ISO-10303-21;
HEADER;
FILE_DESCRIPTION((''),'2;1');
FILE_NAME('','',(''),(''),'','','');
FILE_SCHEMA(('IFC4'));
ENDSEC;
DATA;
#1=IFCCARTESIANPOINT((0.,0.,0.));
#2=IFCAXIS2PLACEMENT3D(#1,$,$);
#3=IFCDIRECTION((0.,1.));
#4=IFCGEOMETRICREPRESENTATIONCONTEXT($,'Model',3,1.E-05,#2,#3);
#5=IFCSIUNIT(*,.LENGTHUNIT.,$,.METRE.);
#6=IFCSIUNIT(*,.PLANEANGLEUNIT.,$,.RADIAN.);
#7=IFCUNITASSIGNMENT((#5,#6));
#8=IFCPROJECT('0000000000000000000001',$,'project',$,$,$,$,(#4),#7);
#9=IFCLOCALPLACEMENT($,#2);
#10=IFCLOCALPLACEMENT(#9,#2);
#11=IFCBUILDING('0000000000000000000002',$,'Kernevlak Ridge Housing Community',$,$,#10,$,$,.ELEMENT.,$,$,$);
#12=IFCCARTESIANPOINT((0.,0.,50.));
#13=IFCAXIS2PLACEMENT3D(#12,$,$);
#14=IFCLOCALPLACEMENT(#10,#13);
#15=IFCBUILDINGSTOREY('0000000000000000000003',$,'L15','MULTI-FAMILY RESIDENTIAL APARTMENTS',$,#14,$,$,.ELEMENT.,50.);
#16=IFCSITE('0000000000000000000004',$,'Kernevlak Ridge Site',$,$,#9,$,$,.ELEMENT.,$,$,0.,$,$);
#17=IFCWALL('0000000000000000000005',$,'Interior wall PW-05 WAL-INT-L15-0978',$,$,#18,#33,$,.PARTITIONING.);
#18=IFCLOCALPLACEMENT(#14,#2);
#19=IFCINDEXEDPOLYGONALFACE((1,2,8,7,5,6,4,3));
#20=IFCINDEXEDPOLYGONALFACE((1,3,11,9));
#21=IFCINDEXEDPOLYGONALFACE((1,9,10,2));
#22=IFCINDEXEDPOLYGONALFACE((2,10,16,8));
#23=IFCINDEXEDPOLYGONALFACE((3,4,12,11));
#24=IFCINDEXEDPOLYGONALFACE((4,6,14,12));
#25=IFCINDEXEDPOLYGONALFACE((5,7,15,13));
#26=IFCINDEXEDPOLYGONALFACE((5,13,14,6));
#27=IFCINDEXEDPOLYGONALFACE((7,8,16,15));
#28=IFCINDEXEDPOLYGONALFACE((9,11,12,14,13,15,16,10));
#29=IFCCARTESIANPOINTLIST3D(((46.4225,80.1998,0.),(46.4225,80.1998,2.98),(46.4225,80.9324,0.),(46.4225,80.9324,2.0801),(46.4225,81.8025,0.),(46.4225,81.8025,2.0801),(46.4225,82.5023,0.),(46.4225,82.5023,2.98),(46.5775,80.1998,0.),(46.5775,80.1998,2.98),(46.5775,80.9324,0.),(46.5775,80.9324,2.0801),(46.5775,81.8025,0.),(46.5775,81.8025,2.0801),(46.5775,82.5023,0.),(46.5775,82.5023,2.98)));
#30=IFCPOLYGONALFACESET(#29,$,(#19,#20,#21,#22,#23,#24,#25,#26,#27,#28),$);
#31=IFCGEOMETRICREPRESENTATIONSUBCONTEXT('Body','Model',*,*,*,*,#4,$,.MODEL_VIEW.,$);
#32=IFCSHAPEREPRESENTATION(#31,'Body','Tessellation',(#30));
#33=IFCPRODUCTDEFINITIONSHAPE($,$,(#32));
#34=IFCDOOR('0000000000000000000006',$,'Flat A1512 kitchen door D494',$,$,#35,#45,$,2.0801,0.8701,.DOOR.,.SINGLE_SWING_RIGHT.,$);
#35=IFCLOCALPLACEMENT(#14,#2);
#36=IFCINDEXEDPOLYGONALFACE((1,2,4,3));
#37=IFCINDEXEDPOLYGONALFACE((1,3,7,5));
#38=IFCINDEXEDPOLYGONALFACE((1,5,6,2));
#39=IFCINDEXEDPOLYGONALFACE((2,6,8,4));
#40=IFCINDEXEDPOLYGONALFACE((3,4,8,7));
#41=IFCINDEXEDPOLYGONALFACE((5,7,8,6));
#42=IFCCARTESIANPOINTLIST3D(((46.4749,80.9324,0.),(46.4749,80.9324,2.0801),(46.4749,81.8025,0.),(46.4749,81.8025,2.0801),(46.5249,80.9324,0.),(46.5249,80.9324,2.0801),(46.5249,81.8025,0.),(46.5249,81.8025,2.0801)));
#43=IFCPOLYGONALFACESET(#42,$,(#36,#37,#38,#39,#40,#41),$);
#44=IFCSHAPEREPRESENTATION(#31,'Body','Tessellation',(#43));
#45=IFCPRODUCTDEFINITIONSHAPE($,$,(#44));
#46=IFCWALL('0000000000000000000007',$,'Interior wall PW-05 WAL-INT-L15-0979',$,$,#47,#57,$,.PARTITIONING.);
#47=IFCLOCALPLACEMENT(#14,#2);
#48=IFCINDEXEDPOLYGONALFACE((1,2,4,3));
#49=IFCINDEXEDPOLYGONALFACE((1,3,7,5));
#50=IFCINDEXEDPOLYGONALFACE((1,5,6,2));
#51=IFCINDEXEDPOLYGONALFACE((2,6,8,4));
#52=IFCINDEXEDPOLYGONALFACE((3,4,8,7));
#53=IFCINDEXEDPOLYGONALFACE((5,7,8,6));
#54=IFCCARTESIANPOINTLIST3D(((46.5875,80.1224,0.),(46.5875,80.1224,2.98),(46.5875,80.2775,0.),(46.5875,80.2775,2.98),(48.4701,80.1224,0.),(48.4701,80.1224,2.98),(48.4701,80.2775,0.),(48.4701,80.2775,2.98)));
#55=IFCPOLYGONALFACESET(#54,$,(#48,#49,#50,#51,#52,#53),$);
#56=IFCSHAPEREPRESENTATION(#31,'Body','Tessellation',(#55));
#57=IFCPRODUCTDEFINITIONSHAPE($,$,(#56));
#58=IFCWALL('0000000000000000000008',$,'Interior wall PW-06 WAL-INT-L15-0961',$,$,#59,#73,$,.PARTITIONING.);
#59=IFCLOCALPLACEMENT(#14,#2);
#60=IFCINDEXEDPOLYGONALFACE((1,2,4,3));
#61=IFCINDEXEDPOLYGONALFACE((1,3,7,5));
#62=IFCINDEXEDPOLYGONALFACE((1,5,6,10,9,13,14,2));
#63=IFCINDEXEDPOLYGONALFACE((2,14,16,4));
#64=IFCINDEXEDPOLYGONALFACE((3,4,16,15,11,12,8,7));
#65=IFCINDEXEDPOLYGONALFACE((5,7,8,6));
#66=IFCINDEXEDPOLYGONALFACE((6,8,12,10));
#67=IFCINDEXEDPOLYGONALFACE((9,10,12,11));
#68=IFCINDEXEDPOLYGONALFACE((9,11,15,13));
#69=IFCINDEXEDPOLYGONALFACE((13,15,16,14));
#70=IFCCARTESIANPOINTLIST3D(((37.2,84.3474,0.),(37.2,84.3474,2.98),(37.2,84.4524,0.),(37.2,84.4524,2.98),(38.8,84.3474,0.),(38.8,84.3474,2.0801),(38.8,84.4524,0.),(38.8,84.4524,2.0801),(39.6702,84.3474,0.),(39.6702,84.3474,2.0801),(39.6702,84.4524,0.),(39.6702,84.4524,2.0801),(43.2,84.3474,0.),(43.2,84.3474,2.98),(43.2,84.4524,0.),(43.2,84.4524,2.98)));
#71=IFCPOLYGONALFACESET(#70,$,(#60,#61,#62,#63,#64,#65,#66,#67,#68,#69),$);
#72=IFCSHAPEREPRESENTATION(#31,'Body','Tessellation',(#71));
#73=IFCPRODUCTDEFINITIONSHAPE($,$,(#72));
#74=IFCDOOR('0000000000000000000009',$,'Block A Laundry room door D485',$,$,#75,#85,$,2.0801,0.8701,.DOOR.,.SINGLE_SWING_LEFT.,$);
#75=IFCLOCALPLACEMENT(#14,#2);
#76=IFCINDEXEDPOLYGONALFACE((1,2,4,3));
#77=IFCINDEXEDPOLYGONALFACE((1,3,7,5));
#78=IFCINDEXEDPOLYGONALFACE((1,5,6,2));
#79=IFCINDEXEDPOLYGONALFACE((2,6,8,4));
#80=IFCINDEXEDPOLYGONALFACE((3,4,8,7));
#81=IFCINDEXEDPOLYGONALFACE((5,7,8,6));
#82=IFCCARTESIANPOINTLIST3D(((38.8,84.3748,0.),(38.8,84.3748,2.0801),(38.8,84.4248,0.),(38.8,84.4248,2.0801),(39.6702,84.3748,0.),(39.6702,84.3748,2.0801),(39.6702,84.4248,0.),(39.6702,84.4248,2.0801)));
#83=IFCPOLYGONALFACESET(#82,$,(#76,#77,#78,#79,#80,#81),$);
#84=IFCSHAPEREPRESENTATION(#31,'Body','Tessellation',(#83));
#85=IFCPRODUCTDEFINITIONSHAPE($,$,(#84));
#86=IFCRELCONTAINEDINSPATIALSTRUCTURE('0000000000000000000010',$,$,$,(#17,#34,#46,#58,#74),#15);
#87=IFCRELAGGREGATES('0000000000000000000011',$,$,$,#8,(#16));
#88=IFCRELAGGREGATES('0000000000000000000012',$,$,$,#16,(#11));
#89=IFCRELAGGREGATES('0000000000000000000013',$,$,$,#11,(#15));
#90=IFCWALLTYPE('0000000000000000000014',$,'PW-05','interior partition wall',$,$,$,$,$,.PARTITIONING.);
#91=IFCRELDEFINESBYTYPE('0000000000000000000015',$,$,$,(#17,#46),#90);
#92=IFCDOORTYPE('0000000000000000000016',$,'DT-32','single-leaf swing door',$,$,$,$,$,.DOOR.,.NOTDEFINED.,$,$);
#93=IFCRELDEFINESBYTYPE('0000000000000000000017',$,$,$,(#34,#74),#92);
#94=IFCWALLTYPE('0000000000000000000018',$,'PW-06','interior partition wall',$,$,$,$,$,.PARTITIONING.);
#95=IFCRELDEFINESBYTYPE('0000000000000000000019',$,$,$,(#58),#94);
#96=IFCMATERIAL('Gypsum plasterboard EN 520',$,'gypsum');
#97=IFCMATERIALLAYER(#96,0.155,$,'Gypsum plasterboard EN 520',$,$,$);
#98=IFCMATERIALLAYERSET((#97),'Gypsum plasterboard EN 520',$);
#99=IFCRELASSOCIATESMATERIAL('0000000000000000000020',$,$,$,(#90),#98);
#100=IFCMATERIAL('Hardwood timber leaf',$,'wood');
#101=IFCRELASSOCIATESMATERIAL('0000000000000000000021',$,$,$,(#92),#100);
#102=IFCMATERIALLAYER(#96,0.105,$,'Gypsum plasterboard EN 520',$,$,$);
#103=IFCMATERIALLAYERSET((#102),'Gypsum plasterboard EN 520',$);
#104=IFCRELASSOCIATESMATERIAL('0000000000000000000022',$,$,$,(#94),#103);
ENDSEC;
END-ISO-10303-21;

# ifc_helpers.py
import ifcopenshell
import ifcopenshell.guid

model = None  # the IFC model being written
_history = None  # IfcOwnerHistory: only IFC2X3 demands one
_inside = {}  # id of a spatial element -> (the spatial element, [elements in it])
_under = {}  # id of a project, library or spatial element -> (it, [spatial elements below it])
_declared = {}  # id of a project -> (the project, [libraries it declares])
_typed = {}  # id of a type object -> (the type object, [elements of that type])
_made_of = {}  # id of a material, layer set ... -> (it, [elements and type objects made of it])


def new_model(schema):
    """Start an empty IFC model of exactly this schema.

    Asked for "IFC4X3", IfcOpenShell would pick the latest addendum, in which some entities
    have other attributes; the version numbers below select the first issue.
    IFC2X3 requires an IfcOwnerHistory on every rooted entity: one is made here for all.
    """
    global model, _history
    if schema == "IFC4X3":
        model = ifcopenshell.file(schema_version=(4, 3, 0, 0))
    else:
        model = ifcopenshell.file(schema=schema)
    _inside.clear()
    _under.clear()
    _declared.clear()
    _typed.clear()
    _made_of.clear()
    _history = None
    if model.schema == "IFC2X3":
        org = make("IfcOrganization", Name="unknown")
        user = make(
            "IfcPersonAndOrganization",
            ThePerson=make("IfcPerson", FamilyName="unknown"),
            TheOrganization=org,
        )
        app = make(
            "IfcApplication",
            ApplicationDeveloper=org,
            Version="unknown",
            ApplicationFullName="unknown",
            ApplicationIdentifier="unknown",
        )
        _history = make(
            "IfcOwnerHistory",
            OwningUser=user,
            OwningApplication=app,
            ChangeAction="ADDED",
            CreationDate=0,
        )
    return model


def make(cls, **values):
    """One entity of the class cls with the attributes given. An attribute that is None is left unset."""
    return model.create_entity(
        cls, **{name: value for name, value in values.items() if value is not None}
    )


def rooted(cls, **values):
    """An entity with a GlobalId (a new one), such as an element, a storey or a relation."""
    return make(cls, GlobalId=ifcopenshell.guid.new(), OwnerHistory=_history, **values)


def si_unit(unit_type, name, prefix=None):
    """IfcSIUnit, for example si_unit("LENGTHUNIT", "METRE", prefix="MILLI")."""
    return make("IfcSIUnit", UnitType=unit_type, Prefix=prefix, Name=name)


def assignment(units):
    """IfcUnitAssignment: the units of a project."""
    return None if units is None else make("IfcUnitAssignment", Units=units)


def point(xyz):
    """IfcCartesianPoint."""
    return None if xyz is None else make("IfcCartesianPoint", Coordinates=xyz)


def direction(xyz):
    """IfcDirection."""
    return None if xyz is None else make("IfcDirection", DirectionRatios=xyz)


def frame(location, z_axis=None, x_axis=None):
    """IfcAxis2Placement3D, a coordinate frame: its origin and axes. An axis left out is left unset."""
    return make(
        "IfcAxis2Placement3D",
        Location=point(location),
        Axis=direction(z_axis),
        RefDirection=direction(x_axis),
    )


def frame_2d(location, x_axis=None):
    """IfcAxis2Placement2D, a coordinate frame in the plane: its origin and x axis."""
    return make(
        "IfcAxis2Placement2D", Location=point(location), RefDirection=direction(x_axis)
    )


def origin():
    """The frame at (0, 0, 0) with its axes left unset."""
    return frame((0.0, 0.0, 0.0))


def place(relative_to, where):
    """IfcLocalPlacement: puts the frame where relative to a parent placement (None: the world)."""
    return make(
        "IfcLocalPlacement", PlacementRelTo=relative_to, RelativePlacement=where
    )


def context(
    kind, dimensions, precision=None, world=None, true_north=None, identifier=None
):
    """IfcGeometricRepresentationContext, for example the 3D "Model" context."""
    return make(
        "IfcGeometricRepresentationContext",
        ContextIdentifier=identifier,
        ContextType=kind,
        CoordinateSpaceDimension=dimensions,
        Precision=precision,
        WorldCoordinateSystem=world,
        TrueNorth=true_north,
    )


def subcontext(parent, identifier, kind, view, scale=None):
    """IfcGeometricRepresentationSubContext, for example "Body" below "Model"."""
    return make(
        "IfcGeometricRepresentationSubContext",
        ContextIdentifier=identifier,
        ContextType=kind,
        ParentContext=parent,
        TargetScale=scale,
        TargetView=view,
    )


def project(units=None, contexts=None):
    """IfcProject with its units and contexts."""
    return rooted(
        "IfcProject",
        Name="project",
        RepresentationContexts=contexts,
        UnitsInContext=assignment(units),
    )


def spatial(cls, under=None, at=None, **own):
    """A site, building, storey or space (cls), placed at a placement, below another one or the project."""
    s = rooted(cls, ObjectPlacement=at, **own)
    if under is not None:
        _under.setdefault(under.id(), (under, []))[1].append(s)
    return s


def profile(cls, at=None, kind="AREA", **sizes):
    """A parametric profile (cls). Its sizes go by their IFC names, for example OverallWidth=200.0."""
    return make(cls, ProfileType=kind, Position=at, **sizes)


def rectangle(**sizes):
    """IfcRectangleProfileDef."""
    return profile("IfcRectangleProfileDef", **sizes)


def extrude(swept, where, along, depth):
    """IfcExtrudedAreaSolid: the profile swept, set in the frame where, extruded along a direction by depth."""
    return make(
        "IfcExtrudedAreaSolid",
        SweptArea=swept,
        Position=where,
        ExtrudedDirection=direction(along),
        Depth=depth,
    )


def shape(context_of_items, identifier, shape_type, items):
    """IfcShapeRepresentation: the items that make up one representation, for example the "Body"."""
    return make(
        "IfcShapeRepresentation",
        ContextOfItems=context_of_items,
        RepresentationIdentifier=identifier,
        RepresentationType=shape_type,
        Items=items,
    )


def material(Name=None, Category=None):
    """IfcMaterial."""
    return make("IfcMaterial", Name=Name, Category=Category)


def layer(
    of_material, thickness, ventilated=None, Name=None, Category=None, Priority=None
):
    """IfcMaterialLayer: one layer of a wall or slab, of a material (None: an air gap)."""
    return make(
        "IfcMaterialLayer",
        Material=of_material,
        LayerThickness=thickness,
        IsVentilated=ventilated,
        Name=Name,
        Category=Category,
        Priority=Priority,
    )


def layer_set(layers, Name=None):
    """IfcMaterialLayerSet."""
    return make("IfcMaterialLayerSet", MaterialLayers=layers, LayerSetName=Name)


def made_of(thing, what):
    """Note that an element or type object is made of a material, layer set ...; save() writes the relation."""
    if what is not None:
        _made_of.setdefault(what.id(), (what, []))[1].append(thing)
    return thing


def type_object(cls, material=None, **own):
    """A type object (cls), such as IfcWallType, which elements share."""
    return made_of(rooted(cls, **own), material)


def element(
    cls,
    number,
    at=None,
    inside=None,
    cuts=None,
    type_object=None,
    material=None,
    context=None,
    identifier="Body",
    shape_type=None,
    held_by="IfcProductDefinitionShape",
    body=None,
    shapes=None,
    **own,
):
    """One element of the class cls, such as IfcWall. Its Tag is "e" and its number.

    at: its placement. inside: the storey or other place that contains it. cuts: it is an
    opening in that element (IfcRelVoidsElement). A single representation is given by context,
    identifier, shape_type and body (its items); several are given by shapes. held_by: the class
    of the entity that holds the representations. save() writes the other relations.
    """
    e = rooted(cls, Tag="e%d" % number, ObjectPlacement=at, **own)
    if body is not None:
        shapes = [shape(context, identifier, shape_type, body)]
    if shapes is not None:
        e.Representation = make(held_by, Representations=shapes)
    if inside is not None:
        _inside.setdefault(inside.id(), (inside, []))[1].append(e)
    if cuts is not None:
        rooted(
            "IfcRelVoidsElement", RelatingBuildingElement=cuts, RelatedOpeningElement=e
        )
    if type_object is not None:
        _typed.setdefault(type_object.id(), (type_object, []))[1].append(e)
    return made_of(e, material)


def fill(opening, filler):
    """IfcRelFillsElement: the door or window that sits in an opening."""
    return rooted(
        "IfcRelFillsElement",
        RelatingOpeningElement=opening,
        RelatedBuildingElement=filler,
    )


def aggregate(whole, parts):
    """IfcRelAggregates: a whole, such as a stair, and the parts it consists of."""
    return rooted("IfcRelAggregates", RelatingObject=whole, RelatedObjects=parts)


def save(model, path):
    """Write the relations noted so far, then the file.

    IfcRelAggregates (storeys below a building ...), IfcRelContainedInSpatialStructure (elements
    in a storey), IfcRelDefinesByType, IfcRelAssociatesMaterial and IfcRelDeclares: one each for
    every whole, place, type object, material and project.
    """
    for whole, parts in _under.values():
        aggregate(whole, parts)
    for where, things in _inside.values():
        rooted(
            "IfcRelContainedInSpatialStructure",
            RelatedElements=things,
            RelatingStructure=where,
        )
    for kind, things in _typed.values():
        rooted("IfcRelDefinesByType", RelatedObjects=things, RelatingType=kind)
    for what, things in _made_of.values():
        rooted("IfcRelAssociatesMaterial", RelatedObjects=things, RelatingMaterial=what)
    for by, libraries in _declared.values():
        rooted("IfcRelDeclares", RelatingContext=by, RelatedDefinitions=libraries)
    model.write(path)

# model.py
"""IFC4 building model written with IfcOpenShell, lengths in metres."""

from ifc_helpers import new_model, si_unit, direction, frame, frame_2d, origin, place, context, subcontext, project, spatial, rectangle, extrude, material, layer, layer_set, type_object, element, fill, save


model = new_model("IFC4")

# Units and contexts
model_context = context("Model", 3, precision=1e-05, world=origin(), true_north=direction((0.0, 1.0)))
body_context = subcontext(model_context, "Body", "Model", "MODEL_VIEW")
ifc_project = project(units=[si_unit("LENGTHUNIT", "METRE"), si_unit("PLANEANGLEUNIT", "RADIAN")], contexts=[model_context])

# Site, building, storey
site_placement = place(None, origin())
site = spatial("IfcSite", under=ifc_project, at=site_placement, Name="Kernevlak Ridge Site", CompositionType="ELEMENT", RefElevation=0.0)
building_placement = place(site_placement, origin())
building = spatial("IfcBuilding", under=site, at=building_placement, Name="Kernevlak Ridge Housing Community", CompositionType="ELEMENT")
storey_placement = place(building_placement, frame((0.0, 0.0, 50.0)))
storey = spatial("IfcBuildingStorey", under=building, at=storey_placement, Name="L15", Description="MULTI-FAMILY RESIDENTIAL APARTMENTS", CompositionType="ELEMENT", Elevation=50.0)

# Shared definitions
ifc_material_1 = material(Name="Hardwood timber leaf", Category="wood")

# Wall, opening, door
ifc_material_2 = material(Name="Gypsum plasterboard EN 520", Category="gypsum")
ifc_layer_1 = layer(ifc_material_2, 0.155, Name="Gypsum plasterboard EN 520")
ifc_layer_set_1 = layer_set([ifc_layer_1], Name="Gypsum plasterboard EN 520")
wall_type_1 = type_object("IfcWallType", Name="PW-05", Description="interior partition wall", PredefinedType="PARTITIONING", material=ifc_layer_set_1)
wall_1_placement = place(storey_placement, frame((46.5, 82.5024, 0.0), z_axis=(0.0, 0.0, 1.0), x_axis=(0.0, -1.0, 0.0)))
wall_1 = element("IfcWall", 1, at=wall_1_placement, inside=storey, type_object=wall_type_1, Name="Interior wall PW-05 WAL-INT-L15-0978", PredefinedType="PARTITIONING", context=body_context, shape_type="SweptSolid", body=[
    extrude(rectangle(XDim=2.3025, YDim=0.155, at=frame_2d((1.1514, 0.0))), origin(), (0.0, 0.0, 1.0), 2.98),
])
opening_1_placement = place(wall_1_placement, frame((0.7, 0.0, 0.0)))
opening_1 = element("IfcOpeningElement", 2, at=opening_1_placement, cuts=wall_1, PredefinedType="OPENING", context=body_context, shape_type="SweptSolid", body=[
    extrude(rectangle(XDim=0.8701, YDim=2.0801, at=frame_2d((0.4351, 1.04))), frame((0.0, 0.0874, 0.0), z_axis=(0.0, -1.0, 0.0), x_axis=(1.0, 0.0, 0.0)), (0.0, 0.0, 1.0), 0.175),
])
door_type_1 = type_object("IfcDoorType", Name="DT-32", Description="single-leaf swing door", OperationType="NOTDEFINED", PredefinedType="DOOR", material=ifc_material_1)
door_1_placement = place(opening_1_placement, origin())
door_1 = element("IfcDoor", 3, at=door_1_placement, inside=storey, type_object=door_type_1, Name="Flat A1512 kitchen door D494", OperationType="SINGLE_SWING_RIGHT", OverallHeight=2.0801, OverallWidth=0.8701, PredefinedType="DOOR", context=body_context, shape_type="SweptSolid", body=[
    extrude(rectangle(XDim=0.8701, YDim=2.0801, at=frame_2d((0.4351, 1.04))), frame((0.0, 0.0249, 0.0), z_axis=(0.0, -1.0, 0.0), x_axis=(1.0, 0.0, 0.0)), (0.0, 0.0, 1.0), 0.05),
])
fill(opening_1, door_1)

# Wall
wall_2_placement = place(storey_placement, frame((46.5874, 80.2, 0.0), z_axis=(0.0, 0.0, 1.0), x_axis=(1.0, 0.0, 0.0)))
element("IfcWall", 4, at=wall_2_placement, inside=storey, type_object=wall_type_1, Name="Interior wall PW-05 WAL-INT-L15-0979", PredefinedType="PARTITIONING", context=body_context, shape_type="SweptSolid", body=[
    extrude(rectangle(XDim=1.8826, YDim=0.155, at=frame_2d((0.9414, 0.0))), origin(), (0.0, 0.0, 1.0), 2.98),
])

# Wall, opening, door
ifc_layer_2 = layer(ifc_material_2, 0.105, Name="Gypsum plasterboard EN 520")
ifc_layer_set_2 = layer_set([ifc_layer_2], Name="Gypsum plasterboard EN 520")
wall_type_2 = type_object("IfcWallType", Name="PW-06", Description="interior partition wall", PredefinedType="PARTITIONING", material=ifc_layer_set_2)
wall_3_placement = place(storey_placement, frame((37.2, 84.3999, 0.0), z_axis=(0.0, 0.0, 1.0), x_axis=(1.0, 0.0, 0.0)))
wall_3 = element("IfcWall", 5, at=wall_3_placement, inside=storey, type_object=wall_type_2, Name="Interior wall PW-06 WAL-INT-L15-0961", PredefinedType="PARTITIONING", context=body_context, shape_type="SweptSolid", body=[
    extrude(rectangle(XDim=6.0, YDim=0.105, at=frame_2d((3.0, 0.0))), origin(), (0.0, 0.0, 1.0), 2.98),
])
opening_2_placement = place(wall_3_placement, frame((1.6001, 0.0, 0.0)))
opening_2 = element("IfcOpeningElement", 6, at=opening_2_placement, cuts=wall_3, PredefinedType="OPENING", context=body_context, shape_type="SweptSolid", body=[
    extrude(rectangle(XDim=0.8701, YDim=2.0801, at=frame_2d((0.4351, 1.04))), frame((0.0, 0.0625, 0.0), z_axis=(0.0, -1.0, 0.0), x_axis=(1.0, 0.0, 0.0)), (0.0, 0.0, 1.0), 0.125),
])
door_2_placement = place(opening_2_placement, origin())
door_2 = element("IfcDoor", 7, at=door_2_placement, inside=storey, type_object=door_type_1, Name="Block A Laundry room door D485", OperationType="SINGLE_SWING_LEFT", OverallHeight=2.0801, OverallWidth=0.8701, PredefinedType="DOOR", context=body_context, shape_type="SweptSolid", body=[
    extrude(rectangle(XDim=0.8701, YDim=2.0801, at=frame_2d((0.4351, 1.04))), frame((0.0, 0.0249, 0.0), z_axis=(0.0, -1.0, 0.0), x_axis=(1.0, 0.0, 0.0)), (0.0, 0.0, 1.0), 0.05),
])
fill(opening_2, door_2)

save(model, "model.ifc")
